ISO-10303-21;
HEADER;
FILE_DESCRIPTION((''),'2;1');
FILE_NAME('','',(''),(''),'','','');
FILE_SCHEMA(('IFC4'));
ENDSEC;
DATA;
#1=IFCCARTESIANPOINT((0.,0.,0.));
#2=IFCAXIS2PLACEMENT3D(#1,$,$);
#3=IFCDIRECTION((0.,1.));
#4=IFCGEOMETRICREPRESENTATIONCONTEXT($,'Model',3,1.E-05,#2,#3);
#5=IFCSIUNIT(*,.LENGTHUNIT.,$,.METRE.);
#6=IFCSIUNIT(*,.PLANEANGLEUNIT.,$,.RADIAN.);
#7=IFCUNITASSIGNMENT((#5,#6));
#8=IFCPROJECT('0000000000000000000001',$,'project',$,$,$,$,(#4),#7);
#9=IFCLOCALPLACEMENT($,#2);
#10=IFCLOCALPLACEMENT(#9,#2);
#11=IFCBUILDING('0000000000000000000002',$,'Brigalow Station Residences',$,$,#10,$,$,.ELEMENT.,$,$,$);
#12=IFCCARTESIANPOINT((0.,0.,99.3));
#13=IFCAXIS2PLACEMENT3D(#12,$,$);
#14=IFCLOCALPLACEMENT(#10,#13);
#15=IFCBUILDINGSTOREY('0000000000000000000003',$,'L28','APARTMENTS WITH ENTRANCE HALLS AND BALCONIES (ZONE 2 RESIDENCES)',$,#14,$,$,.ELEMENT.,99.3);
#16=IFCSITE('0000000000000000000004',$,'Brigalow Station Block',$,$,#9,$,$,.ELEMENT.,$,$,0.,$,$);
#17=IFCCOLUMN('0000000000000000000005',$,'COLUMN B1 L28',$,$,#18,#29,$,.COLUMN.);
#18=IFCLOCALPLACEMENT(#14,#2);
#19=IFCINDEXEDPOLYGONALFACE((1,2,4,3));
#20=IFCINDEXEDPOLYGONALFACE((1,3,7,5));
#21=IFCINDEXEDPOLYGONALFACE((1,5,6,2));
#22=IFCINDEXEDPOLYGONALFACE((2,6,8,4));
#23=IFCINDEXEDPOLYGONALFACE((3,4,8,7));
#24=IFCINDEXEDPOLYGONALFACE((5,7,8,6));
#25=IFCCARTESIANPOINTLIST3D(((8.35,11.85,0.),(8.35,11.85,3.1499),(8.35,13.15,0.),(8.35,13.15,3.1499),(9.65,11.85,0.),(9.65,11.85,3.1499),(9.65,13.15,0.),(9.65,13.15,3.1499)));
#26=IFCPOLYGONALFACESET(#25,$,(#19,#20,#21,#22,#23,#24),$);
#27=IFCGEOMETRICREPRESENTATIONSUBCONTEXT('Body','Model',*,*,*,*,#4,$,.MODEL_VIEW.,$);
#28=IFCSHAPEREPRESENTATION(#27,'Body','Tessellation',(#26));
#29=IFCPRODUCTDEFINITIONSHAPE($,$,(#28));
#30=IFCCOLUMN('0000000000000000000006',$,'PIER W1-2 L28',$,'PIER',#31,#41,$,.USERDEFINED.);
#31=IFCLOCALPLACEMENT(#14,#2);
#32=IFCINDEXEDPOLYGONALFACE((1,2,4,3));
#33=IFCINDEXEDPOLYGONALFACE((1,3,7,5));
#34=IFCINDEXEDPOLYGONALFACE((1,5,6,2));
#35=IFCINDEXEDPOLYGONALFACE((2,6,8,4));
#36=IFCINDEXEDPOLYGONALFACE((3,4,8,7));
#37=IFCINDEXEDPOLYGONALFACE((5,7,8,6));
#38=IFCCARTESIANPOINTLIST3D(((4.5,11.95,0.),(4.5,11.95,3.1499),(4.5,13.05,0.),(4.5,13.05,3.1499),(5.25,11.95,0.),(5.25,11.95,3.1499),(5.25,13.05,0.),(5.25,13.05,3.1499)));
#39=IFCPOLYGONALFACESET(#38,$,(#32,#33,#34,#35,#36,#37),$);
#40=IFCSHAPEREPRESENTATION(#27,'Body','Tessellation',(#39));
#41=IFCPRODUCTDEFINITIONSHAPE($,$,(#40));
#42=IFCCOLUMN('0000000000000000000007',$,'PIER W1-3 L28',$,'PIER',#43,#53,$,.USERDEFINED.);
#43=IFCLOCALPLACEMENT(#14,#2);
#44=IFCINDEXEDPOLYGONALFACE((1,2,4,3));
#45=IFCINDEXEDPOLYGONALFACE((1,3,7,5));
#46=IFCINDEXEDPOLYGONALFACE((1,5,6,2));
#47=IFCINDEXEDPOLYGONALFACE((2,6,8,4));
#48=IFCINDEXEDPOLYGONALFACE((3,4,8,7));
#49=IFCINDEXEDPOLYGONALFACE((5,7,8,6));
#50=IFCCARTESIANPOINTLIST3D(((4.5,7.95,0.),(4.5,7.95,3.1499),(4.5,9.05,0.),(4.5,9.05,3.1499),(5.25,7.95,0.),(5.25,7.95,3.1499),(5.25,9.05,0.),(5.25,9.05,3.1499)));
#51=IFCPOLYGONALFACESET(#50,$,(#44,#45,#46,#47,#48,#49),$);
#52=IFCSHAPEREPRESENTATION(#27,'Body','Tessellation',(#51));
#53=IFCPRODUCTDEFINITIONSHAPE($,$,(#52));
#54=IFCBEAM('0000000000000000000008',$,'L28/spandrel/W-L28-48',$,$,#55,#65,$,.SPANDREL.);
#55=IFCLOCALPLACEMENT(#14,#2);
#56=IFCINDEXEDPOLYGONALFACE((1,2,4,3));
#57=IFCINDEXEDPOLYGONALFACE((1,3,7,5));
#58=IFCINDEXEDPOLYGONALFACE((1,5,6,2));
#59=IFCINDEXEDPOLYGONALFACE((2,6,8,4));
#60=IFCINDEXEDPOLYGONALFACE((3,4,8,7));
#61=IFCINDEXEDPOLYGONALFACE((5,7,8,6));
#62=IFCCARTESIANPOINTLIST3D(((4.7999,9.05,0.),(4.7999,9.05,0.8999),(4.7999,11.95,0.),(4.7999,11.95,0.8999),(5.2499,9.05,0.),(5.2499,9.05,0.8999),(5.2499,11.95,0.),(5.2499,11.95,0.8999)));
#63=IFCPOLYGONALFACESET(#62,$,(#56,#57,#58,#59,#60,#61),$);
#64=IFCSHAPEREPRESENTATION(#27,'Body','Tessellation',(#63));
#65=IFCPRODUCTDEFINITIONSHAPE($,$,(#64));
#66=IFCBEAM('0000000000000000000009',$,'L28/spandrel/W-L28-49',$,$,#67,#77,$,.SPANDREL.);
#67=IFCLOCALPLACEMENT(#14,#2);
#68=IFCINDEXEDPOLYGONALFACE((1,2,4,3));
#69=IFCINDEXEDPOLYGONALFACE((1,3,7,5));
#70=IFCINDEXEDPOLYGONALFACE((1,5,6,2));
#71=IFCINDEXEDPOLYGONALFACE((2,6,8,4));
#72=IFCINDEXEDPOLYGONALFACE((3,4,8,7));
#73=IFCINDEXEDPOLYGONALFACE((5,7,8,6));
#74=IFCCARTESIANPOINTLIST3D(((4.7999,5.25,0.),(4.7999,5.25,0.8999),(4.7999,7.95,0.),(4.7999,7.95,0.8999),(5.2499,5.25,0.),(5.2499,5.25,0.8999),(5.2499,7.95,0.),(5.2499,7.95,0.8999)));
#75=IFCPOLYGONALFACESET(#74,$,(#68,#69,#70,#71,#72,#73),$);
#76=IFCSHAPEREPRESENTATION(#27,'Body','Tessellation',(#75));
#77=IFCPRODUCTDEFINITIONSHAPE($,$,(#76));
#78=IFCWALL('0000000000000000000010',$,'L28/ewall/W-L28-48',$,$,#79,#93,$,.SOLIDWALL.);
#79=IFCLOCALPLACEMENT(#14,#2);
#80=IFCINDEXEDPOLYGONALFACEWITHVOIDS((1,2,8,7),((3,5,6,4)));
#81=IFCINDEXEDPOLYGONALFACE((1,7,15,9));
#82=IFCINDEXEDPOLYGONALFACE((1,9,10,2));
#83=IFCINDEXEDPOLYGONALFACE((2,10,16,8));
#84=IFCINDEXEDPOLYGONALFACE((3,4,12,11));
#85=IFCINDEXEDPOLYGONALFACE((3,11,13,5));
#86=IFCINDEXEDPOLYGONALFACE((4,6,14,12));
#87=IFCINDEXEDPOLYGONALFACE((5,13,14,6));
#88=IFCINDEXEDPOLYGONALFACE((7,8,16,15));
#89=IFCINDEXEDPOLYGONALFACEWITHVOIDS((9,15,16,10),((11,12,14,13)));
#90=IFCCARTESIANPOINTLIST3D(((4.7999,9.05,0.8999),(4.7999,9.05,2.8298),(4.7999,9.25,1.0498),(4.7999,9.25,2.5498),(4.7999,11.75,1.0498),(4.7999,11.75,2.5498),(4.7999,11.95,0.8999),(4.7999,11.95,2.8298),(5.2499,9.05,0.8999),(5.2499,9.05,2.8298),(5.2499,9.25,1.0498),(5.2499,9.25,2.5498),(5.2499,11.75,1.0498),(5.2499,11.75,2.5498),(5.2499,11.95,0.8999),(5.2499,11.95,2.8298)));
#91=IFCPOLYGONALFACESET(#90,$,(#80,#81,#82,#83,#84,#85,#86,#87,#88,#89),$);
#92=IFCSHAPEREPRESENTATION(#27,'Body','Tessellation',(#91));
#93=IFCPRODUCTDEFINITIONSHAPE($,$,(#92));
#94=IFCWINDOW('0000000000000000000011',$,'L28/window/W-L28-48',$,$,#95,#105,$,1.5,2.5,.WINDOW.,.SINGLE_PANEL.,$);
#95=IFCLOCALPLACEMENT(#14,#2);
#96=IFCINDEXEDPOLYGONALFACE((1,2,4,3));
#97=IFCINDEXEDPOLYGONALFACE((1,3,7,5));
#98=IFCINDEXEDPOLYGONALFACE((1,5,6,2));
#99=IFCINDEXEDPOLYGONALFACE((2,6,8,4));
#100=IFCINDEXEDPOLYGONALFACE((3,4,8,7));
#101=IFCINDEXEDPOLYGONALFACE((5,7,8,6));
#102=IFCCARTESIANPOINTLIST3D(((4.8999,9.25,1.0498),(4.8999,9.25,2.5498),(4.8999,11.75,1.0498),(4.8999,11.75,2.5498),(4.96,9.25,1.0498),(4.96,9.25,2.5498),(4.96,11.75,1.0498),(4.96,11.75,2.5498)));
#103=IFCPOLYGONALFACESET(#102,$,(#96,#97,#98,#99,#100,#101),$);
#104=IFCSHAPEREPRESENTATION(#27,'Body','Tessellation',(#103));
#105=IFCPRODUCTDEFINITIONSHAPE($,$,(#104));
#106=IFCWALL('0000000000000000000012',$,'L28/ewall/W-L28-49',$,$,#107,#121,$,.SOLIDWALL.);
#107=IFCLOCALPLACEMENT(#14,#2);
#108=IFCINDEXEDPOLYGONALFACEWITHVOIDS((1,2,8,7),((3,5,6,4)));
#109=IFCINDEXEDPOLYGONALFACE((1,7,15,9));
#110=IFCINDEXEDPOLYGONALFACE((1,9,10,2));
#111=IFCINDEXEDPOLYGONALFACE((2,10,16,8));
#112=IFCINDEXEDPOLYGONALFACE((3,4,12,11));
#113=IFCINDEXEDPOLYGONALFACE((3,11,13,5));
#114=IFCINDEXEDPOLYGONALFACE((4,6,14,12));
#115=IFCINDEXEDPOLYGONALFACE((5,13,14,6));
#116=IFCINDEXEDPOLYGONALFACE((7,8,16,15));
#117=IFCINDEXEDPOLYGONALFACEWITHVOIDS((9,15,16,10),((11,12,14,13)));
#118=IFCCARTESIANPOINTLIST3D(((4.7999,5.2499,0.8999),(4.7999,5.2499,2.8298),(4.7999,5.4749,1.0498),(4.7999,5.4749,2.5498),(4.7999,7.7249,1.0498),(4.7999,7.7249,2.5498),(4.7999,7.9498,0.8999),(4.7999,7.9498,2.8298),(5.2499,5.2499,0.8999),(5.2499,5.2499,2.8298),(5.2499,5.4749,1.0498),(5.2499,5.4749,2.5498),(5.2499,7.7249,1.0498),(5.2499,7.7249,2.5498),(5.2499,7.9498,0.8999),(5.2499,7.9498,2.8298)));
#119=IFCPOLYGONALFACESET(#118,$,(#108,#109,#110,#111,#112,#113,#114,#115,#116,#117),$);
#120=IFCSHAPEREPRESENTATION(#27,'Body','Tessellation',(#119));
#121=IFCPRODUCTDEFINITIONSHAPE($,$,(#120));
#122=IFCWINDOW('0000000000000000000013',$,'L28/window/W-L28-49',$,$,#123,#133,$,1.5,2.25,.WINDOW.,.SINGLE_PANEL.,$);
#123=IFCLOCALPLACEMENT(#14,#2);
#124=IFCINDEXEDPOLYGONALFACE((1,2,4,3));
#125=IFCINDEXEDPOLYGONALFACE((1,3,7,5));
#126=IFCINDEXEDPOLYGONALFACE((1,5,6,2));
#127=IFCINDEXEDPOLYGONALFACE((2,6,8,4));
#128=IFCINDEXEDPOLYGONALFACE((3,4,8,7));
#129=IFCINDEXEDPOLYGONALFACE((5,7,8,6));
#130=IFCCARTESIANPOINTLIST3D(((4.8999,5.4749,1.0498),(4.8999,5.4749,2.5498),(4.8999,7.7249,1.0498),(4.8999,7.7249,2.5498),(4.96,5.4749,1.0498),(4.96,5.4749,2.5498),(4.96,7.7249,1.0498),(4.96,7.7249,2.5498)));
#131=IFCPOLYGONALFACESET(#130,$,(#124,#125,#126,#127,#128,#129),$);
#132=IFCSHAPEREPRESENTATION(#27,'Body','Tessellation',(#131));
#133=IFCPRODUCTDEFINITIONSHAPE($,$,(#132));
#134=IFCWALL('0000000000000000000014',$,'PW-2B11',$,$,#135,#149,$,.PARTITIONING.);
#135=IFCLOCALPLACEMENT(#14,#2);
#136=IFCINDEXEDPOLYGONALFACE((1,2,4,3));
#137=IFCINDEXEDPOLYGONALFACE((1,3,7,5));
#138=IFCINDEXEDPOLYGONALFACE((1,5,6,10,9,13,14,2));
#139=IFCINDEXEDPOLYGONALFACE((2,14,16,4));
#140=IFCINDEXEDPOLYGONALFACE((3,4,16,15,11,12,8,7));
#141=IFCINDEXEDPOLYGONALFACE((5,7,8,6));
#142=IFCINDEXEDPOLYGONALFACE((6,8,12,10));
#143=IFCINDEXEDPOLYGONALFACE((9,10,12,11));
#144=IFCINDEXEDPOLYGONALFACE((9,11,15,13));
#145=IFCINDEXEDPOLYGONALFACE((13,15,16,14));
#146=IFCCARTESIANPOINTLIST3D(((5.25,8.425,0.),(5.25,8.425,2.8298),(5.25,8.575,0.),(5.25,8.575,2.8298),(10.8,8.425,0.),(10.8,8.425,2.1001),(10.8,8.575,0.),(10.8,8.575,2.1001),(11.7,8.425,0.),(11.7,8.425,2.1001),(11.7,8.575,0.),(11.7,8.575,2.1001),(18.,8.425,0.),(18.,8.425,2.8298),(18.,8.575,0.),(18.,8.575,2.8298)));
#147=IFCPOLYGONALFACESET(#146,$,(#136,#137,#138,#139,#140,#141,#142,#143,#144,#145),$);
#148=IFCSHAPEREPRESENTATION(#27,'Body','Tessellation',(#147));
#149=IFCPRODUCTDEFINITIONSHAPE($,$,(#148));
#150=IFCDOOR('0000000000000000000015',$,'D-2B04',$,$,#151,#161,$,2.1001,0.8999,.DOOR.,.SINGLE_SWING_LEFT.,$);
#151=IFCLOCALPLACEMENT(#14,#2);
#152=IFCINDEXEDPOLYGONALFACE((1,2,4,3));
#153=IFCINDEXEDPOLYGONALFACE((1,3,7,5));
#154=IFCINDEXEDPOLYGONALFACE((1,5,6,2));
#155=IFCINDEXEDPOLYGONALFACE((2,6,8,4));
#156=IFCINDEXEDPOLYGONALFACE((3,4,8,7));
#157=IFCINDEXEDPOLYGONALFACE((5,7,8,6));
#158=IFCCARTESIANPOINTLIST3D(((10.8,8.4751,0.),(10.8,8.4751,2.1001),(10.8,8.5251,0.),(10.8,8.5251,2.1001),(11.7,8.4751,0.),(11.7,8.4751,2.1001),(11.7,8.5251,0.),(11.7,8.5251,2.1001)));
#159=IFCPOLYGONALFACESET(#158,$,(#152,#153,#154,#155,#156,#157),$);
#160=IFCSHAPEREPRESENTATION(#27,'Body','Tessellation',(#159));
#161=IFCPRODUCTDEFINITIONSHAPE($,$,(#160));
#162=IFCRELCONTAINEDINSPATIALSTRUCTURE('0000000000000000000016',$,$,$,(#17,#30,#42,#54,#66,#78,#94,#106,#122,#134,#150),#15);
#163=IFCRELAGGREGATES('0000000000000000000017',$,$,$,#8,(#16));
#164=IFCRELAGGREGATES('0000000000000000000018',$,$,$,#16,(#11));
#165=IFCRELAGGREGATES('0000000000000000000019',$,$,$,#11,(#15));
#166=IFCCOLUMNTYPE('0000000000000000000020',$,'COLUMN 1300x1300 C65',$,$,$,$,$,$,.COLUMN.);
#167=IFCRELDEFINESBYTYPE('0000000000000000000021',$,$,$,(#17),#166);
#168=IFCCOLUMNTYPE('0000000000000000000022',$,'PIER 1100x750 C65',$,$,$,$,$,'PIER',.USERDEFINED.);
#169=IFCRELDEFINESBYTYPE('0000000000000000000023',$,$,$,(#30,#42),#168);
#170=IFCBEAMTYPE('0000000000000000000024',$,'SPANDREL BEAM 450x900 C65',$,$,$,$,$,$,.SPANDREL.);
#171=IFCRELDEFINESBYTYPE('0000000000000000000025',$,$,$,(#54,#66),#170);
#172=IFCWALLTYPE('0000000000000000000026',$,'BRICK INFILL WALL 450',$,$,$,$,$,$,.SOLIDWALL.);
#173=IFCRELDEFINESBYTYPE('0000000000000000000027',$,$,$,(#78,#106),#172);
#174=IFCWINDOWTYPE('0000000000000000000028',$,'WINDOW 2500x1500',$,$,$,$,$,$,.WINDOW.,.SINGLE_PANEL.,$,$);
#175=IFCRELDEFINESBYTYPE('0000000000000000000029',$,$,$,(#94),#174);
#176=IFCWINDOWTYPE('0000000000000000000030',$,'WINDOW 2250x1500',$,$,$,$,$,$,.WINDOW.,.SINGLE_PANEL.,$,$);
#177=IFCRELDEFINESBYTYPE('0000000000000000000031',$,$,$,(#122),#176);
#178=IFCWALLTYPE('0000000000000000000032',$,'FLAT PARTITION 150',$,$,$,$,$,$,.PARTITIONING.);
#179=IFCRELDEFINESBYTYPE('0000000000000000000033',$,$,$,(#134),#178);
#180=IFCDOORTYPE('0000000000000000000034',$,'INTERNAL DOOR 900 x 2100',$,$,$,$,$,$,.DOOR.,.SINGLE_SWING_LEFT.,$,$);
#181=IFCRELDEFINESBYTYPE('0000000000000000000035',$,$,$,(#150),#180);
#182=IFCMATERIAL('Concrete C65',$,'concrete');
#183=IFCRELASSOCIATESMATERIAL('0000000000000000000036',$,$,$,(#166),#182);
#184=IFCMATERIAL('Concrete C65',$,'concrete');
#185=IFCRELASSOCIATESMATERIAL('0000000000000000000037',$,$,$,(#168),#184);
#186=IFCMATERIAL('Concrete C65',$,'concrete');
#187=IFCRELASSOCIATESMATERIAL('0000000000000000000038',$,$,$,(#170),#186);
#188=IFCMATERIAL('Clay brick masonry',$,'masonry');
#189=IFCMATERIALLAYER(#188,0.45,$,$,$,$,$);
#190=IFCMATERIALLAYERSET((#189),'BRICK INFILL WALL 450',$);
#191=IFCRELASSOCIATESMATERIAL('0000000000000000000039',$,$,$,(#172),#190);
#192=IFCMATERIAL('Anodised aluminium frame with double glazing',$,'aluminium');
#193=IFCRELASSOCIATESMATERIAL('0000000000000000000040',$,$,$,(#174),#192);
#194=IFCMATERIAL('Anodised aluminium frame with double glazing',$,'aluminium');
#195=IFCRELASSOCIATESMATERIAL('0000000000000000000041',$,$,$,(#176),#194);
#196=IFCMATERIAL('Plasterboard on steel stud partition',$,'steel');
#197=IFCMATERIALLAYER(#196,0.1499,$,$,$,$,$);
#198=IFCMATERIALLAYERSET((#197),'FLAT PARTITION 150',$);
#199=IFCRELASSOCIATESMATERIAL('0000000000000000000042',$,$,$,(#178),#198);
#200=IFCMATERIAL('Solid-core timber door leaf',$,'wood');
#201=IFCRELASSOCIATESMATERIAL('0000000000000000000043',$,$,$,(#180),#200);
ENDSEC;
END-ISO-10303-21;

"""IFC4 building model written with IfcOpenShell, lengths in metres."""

from ifc_helpers import new_model, si_unit, direction, frame, frame_2d, origin, origin_2d, place, context, subcontext, project, spatial, rectangle, extrude, material, layer, layer_set, material_profile, profile_set, type_object, element, fill, save


model = new_model("IFC4")

# Units and contexts
model_context = context("Model", 3, precision=1e-05, world=origin(), true_north=direction((0.0, 1.0)))
body_context = subcontext(model_context, "Body", "Model", "MODEL_VIEW")
ifc_project = project(units=[si_unit("LENGTHUNIT", "METRE"), si_unit("PLANEANGLEUNIT", "RADIAN")], contexts=[model_context])

# Site, building, storey
site_placement = place(None, origin())
site = spatial("IfcSite", under=ifc_project, at=site_placement, Name="Brigalow Station Block", CompositionType="ELEMENT", RefElevation=0.0)
building_placement = place(site_placement, origin())
building = spatial("IfcBuilding", under=site, at=building_placement, Name="Brigalow Station Residences", CompositionType="ELEMENT")
storey_placement = place(building_placement, frame((0.0, 0.0, 99.3)))
storey = spatial("IfcBuildingStorey", under=building, at=storey_placement, Name="L28", Description="APARTMENTS WITH ENTRANCE HALLS AND BALCONIES (ZONE 2 RESIDENCES)", CompositionType="ELEMENT", Elevation=99.3)

# Columns
ifc_material_1 = material(Name="Concrete C65", Category="concrete")
ifc_material_profile_1 = material_profile(ifc_material_1, rectangle(XDim=1.3, YDim=1.3, at=origin_2d()), Name="RC1300x1300")
ifc_profile_set_1 = profile_set([ifc_material_profile_1], Name="Concrete C65")
column_type_1 = type_object("IfcColumnType", Name="COLUMN 1300x1300 C65", PredefinedType="COLUMN", material=ifc_profile_set_1)
column_placement = place(storey_placement, frame((9.0, 12.5, 0.0), z_axis=(0.0, 0.0, 1.0), x_axis=(1.0, 0.0, 0.0)))
element("IfcColumn", 1, at=column_placement, inside=storey, type_object=column_type_1, Name="COLUMN B1 L28", PredefinedType="COLUMN", context=body_context, shape_type="SweptSolid", body=[
    extrude(rectangle(XDim=1.3, YDim=1.3, at=origin_2d()), origin(), (0.0, 0.0, 1.0), 3.1499),
])
ifc_material_2 = material(Name="Concrete C65", Category="concrete")
ifc_material_profile_2 = material_profile(ifc_material_2, rectangle(XDim=1.1001, YDim=0.75, at=origin_2d()), Name="RC1100x750")
ifc_profile_set_2 = profile_set([ifc_material_profile_2], Name="Concrete C65")
column_type_2 = type_object("IfcColumnType", Name="PIER 1100x750 C65", ElementType="PIER", PredefinedType="USERDEFINED", material=ifc_profile_set_2)
for number, where, z_axis, x_axis, name in (
    (2, (4.875, 12.5, 0.0), (0.0, 0.0, 1.0), (0.0, -1.0, 0.0), "PIER W1-2 L28"),
    (3, (4.875, 8.5, 0.0), (0.0, 0.0, 1.0), (0.0, -1.0, 0.0), "PIER W1-3 L28"),
):
    element("IfcColumn", number, at=place(storey_placement, frame(where, z_axis=z_axis, x_axis=x_axis)), inside=storey, type_object=column_type_2, Name=name, ObjectType="PIER", PredefinedType="USERDEFINED", context=body_context, shape_type="SweptSolid", body=[
        extrude(rectangle(XDim=1.1001, YDim=0.75, at=origin_2d()), origin(), (0.0, 0.0, 1.0), 3.1499),
    ])

# Beams
ifc_material_3 = material(Name="Concrete C65", Category="concrete")
ifc_material_profile_3 = material_profile(ifc_material_3, rectangle(XDim=0.45, YDim=0.8999, at=origin_2d()), Name="RC450x900")
ifc_profile_set_3 = profile_set([ifc_material_profile_3], Name="Concrete C65")
beam_type = type_object("IfcBeamType", Name="SPANDREL BEAM 450x900 C65", PredefinedType="SPANDREL", material=ifc_profile_set_3)
beam_1_placement = place(storey_placement, frame((5.0249, 11.95, 0.45), z_axis=(0.0, -1.0, 0.0), x_axis=(1.0, 0.0, 0.0)))
element("IfcBeam", 4, at=beam_1_placement, inside=storey, type_object=beam_type, Name="L28/spandrel/W-L28-48", PredefinedType="SPANDREL", context=body_context, shape_type="SweptSolid", body=[
    extrude(rectangle(XDim=0.45, YDim=0.8999, at=origin_2d()), origin(), (0.0, 0.0, 1.0), 2.8999),
])
beam_2_placement = place(storey_placement, frame((5.0249, 7.95, 0.45), z_axis=(0.0, -1.0, 0.0), x_axis=(1.0, 0.0, 0.0)))
element("IfcBeam", 5, at=beam_2_placement, inside=storey, type_object=beam_type, Name="L28/spandrel/W-L28-49", PredefinedType="SPANDREL", context=body_context, shape_type="SweptSolid", body=[
    extrude(rectangle(XDim=0.45, YDim=0.8999, at=origin_2d()), origin(), (0.0, 0.0, 1.0), 2.7),
])

# Walls, openings, windows
ifc_material_4 = material(Name="Clay brick masonry", Category="masonry")
ifc_layer_1 = layer(ifc_material_4, 0.45)
ifc_layer_set_1 = layer_set([ifc_layer_1], Name="BRICK INFILL WALL 450")
wall_type_1 = type_object("IfcWallType", Name="BRICK INFILL WALL 450", PredefinedType="SOLIDWALL", material=ifc_layer_set_1)
wall_1_placement = place(storey_placement, frame((5.0249, 11.95, 0.8999), z_axis=(0.0, 0.0, 1.0), x_axis=(0.0, -1.0, 0.0)))
wall_1 = element("IfcWall", 6, at=wall_1_placement, inside=storey, type_object=wall_type_1, Name="L28/ewall/W-L28-48", PredefinedType="SOLIDWALL", context=body_context, shape_type="SweptSolid", body=[
    extrude(rectangle(XDim=2.8999, YDim=0.45, at=frame_2d((1.45, 0.0))), origin(), (0.0, 0.0, 1.0), 1.9299),
])
opening_1_placement = place(wall_1_placement, frame((0.2, 0.0, 0.1499)))
opening_1 = element("IfcOpeningElement", 7, at=opening_1_placement, cuts=wall_1, PredefinedType="OPENING", context=body_context, shape_type="SweptSolid", body=[
    extrude(rectangle(XDim=2.5, YDim=1.5, at=frame_2d((1.25, 0.75))), frame((0.0, 0.2349, 0.0), z_axis=(0.0, -1.0, 0.0), x_axis=(1.0, 0.0, 0.0)), (0.0, 0.0, 1.0), 0.47),
])
ifc_material_5 = material(Name="Anodised aluminium frame with double glazing", Category="aluminium")
window_type_1 = type_object("IfcWindowType", Name="WINDOW 2500x1500", PartitioningType="SINGLE_PANEL", PredefinedType="WINDOW", material=ifc_material_5)
window_1_placement = place(opening_1_placement, origin())
window_1 = element("IfcWindow", 8, at=window_1_placement, inside=storey, type_object=window_type_1, Name="L28/window/W-L28-48", OverallHeight=1.5, OverallWidth=2.5, PartitioningType="SINGLE_PANEL", PredefinedType="WINDOW", context=body_context, shape_type="SweptSolid", body=[
    extrude(rectangle(XDim=2.5, YDim=1.5, at=frame_2d((1.25, 0.75))), frame((0.0, -0.0649, 0.0), z_axis=(0.0, -1.0, 0.0), x_axis=(1.0, 0.0, 0.0)), (0.0, 0.0, 1.0), 0.0601),
])
fill(opening_1, window_1)
wall_2_placement = place(storey_placement, frame((5.0249, 7.95, 0.8999), z_axis=(0.0, 0.0, 1.0), x_axis=(0.0, -1.0, 0.0)))
wall_2 = element("IfcWall", 9, at=wall_2_placement, inside=storey, type_object=wall_type_1, Name="L28/ewall/W-L28-49", PredefinedType="SOLIDWALL", context=body_context, shape_type="SweptSolid", body=[
    extrude(rectangle(XDim=2.7, YDim=0.45, at=frame_2d((1.3501, 0.0))), origin(), (0.0, 0.0, 1.0), 1.9299),
])
opening_2_placement = place(wall_2_placement, frame((0.2251, 0.0, 0.1499)))
opening_2 = element("IfcOpeningElement", 10, at=opening_2_placement, cuts=wall_2, PredefinedType="OPENING", context=body_context, shape_type="SweptSolid", body=[
    extrude(rectangle(XDim=2.25, YDim=1.5, at=frame_2d((1.125, 0.75))), frame((0.0, 0.2349, 0.0), z_axis=(0.0, -1.0, 0.0), x_axis=(1.0, 0.0, 0.0)), (0.0, 0.0, 1.0), 0.47),
])
ifc_material_6 = material(Name="Anodised aluminium frame with double glazing", Category="aluminium")
window_type_2 = type_object("IfcWindowType", Name="WINDOW 2250x1500", PartitioningType="SINGLE_PANEL", PredefinedType="WINDOW", material=ifc_material_6)
window_2_placement = place(opening_2_placement, origin())
window_2 = element("IfcWindow", 11, at=window_2_placement, inside=storey, type_object=window_type_2, Name="L28/window/W-L28-49", OverallHeight=1.5, OverallWidth=2.25, PartitioningType="SINGLE_PANEL", PredefinedType="WINDOW", context=body_context, shape_type="SweptSolid", body=[
    extrude(rectangle(XDim=2.25, YDim=1.5, at=frame_2d((1.125, 0.75))), frame((0.0, -0.0649, 0.0), z_axis=(0.0, -1.0, 0.0), x_axis=(1.0, 0.0, 0.0)), (0.0, 0.0, 1.0), 0.0601),
])
fill(opening_2, window_2)

# Wall, opening, door
ifc_material_7 = material(Name="Plasterboard on steel stud partition", Category="steel")
ifc_layer_2 = layer(ifc_material_7, 0.1499)
ifc_layer_set_2 = layer_set([ifc_layer_2], Name="FLAT PARTITION 150")
wall_type_2 = type_object("IfcWallType", Name="FLAT PARTITION 150", PredefinedType="PARTITIONING", material=ifc_layer_set_2)
wall_3_placement = place(storey_placement, frame((5.25, 8.5, 0.0), z_axis=(0.0, 0.0, 1.0), x_axis=(1.0, 0.0, 0.0)))
wall_3 = element("IfcWall", 12, at=wall_3_placement, inside=storey, type_object=wall_type_2, Name="PW-2B11", PredefinedType="PARTITIONING", context=body_context, shape_type="SweptSolid", body=[
    extrude(rectangle(XDim=12.75, YDim=0.1499, at=frame_2d((6.375, 0.0))), origin(), (0.0, 0.0, 1.0), 2.8298),
])
opening_3_placement = place(wall_3_placement, frame((5.55, 0.0, 0.0)))
opening_3 = element("IfcOpeningElement", 13, at=opening_3_placement, cuts=wall_3, PredefinedType="OPENING", context=body_context, shape_type="SweptSolid", body=[
    extrude(rectangle(XDim=0.8999, YDim=2.1001, at=frame_2d((0.45, 1.05))), frame((0.0, 0.085, 0.0), z_axis=(0.0, -1.0, 0.0), x_axis=(1.0, 0.0, 0.0)), (0.0, 0.0, 1.0), 0.1699),
])
ifc_material_8 = material(Name="Solid-core timber door leaf", Category="wood")
door_type = type_object("IfcDoorType", Name="INTERNAL DOOR 900 x 2100", OperationType="SINGLE_SWING_LEFT", PredefinedType="DOOR", material=ifc_material_8)
door_1_placement = place(opening_3_placement, frame((0.8999, 0.0, 0.0), z_axis=(0.0, 0.0, 1.0), x_axis=(-1.0, 0.0, 0.0)))
door_1 = element("IfcDoor", 14, at=door_1_placement, inside=storey, type_object=door_type, Name="D-2B04", OperationType="SINGLE_SWING_LEFT", OverallHeight=2.1001, OverallWidth=0.8999, PredefinedType="DOOR", context=body_context, shape_type="SweptSolid", body=[
    extrude(rectangle(XDim=0.8999, YDim=2.1001, at=frame_2d((0.45, 1.05))), frame((0.0, 0.0249, 0.0), z_axis=(0.0, -1.0, 0.0), x_axis=(1.0, 0.0, 0.0)), (0.0, 0.0, 1.0), 0.05),
])
fill(opening_3, door_1)

save(model, "model.ifc")
